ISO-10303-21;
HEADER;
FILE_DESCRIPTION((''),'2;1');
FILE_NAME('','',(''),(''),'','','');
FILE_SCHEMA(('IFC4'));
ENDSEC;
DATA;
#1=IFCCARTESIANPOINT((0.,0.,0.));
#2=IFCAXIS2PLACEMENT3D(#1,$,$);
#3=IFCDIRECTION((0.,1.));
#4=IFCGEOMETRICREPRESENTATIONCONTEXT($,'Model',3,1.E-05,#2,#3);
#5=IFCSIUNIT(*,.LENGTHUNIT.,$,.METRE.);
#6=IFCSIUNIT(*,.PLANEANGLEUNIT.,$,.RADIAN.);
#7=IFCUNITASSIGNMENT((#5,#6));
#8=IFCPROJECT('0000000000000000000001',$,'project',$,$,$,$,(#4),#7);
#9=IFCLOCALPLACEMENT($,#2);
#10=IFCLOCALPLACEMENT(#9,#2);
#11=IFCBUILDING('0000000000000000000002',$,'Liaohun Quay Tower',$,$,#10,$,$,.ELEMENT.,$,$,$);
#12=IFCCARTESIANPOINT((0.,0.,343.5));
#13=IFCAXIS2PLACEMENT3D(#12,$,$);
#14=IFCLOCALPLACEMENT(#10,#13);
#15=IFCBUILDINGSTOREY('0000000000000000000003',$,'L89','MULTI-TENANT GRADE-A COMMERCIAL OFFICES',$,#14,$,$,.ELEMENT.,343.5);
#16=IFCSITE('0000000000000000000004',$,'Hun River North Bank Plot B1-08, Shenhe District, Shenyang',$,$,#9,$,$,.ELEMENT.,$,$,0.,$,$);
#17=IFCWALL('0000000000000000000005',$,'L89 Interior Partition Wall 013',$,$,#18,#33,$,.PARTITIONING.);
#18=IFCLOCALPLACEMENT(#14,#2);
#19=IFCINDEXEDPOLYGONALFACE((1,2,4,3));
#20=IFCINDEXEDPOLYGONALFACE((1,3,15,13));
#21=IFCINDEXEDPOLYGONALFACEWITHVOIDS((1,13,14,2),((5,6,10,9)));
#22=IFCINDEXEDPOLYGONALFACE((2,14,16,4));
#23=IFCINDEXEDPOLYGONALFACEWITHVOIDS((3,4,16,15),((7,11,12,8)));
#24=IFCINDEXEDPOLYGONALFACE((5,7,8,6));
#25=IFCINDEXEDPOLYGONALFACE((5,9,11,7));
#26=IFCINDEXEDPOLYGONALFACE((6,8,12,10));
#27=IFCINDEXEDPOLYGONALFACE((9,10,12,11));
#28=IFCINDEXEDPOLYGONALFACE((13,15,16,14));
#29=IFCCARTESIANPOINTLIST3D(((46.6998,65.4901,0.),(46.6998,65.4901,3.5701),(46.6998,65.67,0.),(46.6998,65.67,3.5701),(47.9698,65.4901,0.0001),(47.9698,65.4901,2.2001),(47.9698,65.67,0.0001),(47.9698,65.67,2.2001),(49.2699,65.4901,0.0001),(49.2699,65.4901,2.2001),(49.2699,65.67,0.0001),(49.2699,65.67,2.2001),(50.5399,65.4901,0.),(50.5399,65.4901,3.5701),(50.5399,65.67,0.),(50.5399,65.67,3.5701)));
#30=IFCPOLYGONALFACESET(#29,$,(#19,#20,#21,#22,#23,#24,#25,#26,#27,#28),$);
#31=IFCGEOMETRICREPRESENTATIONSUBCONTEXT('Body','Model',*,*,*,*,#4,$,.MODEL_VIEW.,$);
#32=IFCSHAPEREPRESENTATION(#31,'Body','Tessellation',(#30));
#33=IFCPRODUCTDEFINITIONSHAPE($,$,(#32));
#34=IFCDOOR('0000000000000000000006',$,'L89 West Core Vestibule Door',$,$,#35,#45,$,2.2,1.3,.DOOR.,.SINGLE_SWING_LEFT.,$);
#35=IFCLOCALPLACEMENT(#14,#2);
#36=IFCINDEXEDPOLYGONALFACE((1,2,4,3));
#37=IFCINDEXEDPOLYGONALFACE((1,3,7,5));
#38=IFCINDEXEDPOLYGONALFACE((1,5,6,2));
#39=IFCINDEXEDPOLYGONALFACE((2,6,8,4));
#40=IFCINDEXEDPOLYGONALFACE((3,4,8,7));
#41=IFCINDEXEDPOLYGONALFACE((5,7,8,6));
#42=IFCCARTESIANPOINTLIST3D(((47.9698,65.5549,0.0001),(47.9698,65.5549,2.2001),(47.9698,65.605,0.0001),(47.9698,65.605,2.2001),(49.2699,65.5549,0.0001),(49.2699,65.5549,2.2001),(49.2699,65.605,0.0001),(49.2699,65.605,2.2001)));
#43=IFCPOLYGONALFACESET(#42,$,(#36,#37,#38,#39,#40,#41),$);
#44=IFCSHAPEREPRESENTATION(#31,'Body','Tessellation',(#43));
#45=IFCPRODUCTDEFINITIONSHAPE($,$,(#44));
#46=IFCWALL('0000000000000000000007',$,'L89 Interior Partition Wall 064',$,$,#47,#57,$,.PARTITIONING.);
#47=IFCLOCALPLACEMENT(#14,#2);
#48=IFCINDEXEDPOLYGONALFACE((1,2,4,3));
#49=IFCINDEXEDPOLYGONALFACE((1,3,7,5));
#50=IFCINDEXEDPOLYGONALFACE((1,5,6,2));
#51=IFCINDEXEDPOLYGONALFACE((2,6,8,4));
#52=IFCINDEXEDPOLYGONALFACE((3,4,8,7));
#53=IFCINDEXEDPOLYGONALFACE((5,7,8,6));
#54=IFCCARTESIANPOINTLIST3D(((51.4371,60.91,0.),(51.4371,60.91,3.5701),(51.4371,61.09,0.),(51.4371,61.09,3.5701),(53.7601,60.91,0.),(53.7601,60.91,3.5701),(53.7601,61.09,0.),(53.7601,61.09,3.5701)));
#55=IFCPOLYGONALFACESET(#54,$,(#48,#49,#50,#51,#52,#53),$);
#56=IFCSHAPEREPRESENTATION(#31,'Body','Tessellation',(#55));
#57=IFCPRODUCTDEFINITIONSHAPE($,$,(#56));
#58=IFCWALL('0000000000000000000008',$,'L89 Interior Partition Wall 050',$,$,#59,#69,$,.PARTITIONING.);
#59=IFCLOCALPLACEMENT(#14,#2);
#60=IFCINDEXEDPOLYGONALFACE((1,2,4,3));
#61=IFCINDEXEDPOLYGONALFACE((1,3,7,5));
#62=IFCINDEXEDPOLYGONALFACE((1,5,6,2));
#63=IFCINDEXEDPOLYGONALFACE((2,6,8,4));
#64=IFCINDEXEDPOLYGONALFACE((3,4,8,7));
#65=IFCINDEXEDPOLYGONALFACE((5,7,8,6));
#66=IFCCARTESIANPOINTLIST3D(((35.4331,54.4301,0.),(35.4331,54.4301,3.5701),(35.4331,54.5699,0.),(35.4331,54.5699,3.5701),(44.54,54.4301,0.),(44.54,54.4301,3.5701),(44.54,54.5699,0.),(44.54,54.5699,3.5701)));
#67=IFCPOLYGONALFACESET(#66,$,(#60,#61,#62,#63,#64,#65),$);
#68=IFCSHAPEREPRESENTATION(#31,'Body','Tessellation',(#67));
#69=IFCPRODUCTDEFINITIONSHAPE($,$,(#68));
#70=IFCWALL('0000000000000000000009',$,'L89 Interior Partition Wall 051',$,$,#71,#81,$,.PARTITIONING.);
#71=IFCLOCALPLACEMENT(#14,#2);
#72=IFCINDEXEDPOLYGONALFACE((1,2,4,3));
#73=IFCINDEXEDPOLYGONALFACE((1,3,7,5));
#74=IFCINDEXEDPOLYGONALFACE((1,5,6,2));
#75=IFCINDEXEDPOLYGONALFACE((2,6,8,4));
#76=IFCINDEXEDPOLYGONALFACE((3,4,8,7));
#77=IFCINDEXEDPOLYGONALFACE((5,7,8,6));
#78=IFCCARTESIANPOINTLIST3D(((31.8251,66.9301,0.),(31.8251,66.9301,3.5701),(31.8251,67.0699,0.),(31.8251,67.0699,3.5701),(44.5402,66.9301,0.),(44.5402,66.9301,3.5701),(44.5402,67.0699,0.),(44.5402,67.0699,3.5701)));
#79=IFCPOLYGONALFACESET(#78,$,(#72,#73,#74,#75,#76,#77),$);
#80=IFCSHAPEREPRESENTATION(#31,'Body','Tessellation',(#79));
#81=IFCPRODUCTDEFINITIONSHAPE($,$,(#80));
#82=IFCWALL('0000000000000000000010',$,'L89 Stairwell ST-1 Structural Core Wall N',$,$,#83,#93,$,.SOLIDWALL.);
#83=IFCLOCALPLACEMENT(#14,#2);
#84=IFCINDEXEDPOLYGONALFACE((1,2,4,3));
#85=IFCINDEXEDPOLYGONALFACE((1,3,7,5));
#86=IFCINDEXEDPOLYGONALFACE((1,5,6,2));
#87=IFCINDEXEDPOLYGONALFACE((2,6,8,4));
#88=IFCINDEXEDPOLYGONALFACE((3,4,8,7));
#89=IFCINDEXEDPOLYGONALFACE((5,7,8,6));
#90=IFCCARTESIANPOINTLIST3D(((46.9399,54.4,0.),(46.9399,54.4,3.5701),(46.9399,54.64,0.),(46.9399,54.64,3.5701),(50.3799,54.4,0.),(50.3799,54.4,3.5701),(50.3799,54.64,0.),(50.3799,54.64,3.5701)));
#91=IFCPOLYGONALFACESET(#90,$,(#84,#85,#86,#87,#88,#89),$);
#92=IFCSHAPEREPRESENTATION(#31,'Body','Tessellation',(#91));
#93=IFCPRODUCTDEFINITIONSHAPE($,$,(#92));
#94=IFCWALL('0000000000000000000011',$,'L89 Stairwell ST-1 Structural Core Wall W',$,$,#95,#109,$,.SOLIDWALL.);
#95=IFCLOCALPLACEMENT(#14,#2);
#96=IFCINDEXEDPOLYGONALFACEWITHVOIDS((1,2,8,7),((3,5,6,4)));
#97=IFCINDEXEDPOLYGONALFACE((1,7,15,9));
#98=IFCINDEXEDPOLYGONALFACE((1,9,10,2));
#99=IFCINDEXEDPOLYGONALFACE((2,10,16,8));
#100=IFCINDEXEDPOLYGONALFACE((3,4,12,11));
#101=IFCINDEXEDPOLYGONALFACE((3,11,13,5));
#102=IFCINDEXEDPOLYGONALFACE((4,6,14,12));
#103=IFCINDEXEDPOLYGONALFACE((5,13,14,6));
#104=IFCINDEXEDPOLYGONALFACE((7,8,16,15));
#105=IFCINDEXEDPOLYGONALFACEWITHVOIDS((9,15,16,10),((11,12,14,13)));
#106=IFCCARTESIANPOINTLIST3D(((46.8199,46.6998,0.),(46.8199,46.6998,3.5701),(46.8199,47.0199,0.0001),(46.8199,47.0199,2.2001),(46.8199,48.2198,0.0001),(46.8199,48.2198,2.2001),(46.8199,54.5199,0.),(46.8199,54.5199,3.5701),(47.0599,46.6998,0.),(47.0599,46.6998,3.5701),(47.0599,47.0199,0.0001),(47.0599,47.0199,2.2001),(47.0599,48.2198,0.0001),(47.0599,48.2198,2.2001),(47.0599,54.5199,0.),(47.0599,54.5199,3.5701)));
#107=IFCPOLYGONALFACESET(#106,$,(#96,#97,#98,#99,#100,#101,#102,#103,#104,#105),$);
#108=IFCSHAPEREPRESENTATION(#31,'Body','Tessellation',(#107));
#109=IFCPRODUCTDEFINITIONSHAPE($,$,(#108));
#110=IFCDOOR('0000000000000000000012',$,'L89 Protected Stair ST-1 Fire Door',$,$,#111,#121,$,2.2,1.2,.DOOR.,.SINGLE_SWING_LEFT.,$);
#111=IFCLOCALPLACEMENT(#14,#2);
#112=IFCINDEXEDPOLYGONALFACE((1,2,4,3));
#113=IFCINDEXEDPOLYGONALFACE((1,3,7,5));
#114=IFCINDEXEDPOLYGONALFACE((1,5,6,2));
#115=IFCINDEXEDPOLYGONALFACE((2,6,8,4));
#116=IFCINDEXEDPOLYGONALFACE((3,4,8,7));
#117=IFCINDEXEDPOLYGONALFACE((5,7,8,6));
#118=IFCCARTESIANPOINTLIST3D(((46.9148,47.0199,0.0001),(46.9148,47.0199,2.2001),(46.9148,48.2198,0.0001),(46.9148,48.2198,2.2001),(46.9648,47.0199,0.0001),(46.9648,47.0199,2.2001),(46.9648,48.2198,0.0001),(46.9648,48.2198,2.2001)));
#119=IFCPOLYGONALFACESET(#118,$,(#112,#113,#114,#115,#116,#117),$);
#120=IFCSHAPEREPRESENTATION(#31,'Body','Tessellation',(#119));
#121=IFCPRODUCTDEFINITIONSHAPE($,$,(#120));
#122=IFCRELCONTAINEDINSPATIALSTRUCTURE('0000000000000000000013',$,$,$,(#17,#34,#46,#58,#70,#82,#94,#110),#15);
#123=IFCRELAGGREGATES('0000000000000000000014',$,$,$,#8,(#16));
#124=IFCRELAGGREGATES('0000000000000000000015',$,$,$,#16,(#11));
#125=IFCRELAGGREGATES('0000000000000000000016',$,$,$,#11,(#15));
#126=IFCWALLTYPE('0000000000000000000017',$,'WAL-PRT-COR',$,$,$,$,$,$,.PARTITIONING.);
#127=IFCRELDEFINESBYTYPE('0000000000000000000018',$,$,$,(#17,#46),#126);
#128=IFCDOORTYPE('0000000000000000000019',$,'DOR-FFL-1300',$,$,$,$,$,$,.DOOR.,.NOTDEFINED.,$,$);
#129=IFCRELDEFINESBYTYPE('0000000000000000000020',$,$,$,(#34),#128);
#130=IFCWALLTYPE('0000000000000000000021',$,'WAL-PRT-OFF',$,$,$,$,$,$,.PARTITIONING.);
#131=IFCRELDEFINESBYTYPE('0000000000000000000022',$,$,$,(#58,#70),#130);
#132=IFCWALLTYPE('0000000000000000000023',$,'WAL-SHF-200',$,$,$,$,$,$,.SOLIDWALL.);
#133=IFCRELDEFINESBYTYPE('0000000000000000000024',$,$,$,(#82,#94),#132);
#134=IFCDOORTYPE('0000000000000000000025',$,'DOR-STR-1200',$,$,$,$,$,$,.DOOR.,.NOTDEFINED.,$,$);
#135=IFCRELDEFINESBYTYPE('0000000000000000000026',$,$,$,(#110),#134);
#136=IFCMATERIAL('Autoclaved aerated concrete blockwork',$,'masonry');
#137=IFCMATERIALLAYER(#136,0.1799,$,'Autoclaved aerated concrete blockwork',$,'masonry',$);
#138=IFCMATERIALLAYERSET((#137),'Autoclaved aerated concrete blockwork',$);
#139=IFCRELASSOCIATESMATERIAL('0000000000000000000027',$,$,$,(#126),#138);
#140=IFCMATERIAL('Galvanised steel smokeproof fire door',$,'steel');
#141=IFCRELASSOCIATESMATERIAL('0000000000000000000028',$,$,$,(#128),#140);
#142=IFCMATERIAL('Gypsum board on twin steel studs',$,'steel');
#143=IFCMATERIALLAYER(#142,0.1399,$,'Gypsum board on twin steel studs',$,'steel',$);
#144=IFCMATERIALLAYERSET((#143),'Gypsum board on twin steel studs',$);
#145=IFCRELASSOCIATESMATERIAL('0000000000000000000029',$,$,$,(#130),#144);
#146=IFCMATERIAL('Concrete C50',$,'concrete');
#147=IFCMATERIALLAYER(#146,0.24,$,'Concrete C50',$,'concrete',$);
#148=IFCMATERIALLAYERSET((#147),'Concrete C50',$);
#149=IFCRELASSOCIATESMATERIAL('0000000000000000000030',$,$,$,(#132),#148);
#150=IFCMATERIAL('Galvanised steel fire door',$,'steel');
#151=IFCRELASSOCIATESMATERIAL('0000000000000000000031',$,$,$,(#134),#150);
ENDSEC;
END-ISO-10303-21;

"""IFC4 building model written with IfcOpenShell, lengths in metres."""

from ifc_helpers import new_model, si_unit, direction, frame, frame_2d, origin, place, context, subcontext, project, spatial, rectangle, extrude, source, transform, mapped, material, layer, layer_set, type_object, element, fill, save


model = new_model("IFC4")

# Units and contexts
model_context = context("Model", 3, precision=1e-05, world=origin(), true_north=direction((0.0, 1.0)))
body_context = subcontext(model_context, "Body", "Model", "MODEL_VIEW")
ifc_project = project(units=[si_unit("LENGTHUNIT", "METRE"), si_unit("PLANEANGLEUNIT", "RADIAN")], contexts=[model_context])

# Site, building, storey
site_placement = place(None, origin())
site = spatial("IfcSite", under=ifc_project, at=site_placement, Name="Hun River North Bank Plot B1-08, Shenhe District, Shenyang", CompositionType="ELEMENT", RefElevation=0.0)
building_placement = place(site_placement, origin())
building = spatial("IfcBuilding", under=site, at=building_placement, Name="Liaohun Quay Tower", CompositionType="ELEMENT")
storey_placement = place(building_placement, frame((0.0, 0.0, 343.5)))
storey = spatial("IfcBuildingStorey", under=building, at=storey_placement, Name="L89", Description="MULTI-TENANT GRADE-A COMMERCIAL OFFICES", CompositionType="ELEMENT", Elevation=343.5)

# Shared definitions
ifc_material_1 = material(Name="Concrete C50", Category="concrete")

# Wall, opening, door
ifc_material_2 = material(Name="Autoclaved aerated concrete blockwork", Category="masonry")
ifc_layer_1 = layer(ifc_material_2, 0.1799, Name="Autoclaved aerated concrete blockwork", Category="masonry")
ifc_layer_set_1 = layer_set([ifc_layer_1], Name="Autoclaved aerated concrete blockwork")
wall_type_1 = type_object("IfcWallType", Name="WAL-PRT-COR", PredefinedType="PARTITIONING", material=ifc_layer_set_1)
wall_1_placement = place(storey_placement, frame((46.7, 65.5801, 0.0), z_axis=(0.0, 0.0, 1.0), x_axis=(1.0, 0.0, 0.0)))
wall_1 = element("IfcWall", 1, at=wall_1_placement, inside=storey, type_object=wall_type_1, Name="L89 Interior Partition Wall 013", PredefinedType="PARTITIONING", context=body_context, shape_type="SweptSolid", body=[
    extrude(rectangle(XDim=3.8401, YDim=0.1799, at=frame_2d((1.9199, 0.0))), origin(), (0.0, 0.0, 1.0), 3.5701),
])
shared_shape_1 = source(origin(), body_context, "Body", "SweptSolid", [
    extrude(rectangle(XDim=1.3, YDim=2.2, at=frame_2d((0.6499, 1.1001))), frame((0.0, 0.0999, 0.0), z_axis=(0.0, -1.0, 0.0), x_axis=(1.0, 0.0, 0.0)), (0.0, 0.0, 1.0), 0.2),
])
opening_1_placement = place(wall_1_placement, frame((1.27, 0.0, 0.0)))
opening_1 = element("IfcOpeningElement", 2, at=opening_1_placement, cuts=wall_1, PredefinedType="OPENING", context=body_context, shape_type="MappedRepresentation", body=[
    mapped(shared_shape_1, transform((0.0, 0.0, 0.0), x_axis=(1.0, 0.0, 0.0), y_axis=(0.0, 1.0, 0.0), z_axis=(0.0, 0.0, 1.0), scale=1.0)),
])
ifc_material_3 = material(Name="Galvanised steel smokeproof fire door", Category="steel")
door_type_1 = type_object("IfcDoorType", Name="DOR-FFL-1300", OperationType="NOTDEFINED", PredefinedType="DOOR", material=ifc_material_3)
shared_shape_2 = source(origin(), body_context, "Body", "SweptSolid", [
    extrude(rectangle(XDim=1.3, YDim=2.2, at=frame_2d((0.6499, 1.1001))), frame((0.0, 0.0249, 0.0), z_axis=(0.0, -1.0, 0.0), x_axis=(1.0, 0.0, 0.0)), (0.0, 0.0, 1.0), 0.05),
])
door_1_placement = place(opening_1_placement, origin())
door_1 = element("IfcDoor", 3, at=door_1_placement, inside=storey, type_object=door_type_1, Name="L89 West Core Vestibule Door", OperationType="SINGLE_SWING_LEFT", OverallHeight=2.2, OverallWidth=1.3, PredefinedType="DOOR", context=body_context, shape_type="MappedRepresentation", body=[
    mapped(shared_shape_2, transform((0.0, 0.0, 0.0), x_axis=(1.0, 0.0, 0.0), y_axis=(0.0, 1.0, 0.0), z_axis=(0.0, 0.0, 1.0), scale=1.0)),
])
fill(opening_1, door_1)

# Walls
wall_2_placement = place(storey_placement, frame((51.437, 61.0, 0.0), z_axis=(0.0, 0.0, 1.0), x_axis=(1.0, 0.0, 0.0)))
element("IfcWall", 4, at=wall_2_placement, inside=storey, type_object=wall_type_1, Name="L89 Interior Partition Wall 064", PredefinedType="PARTITIONING", context=body_context, shape_type="SweptSolid", body=[
    extrude(rectangle(XDim=2.323, YDim=0.1799, at=frame_2d((1.1616, 0.0))), origin(), (0.0, 0.0, 1.0), 3.5701),
])
ifc_material_4 = material(Name="Gypsum board on twin steel studs", Category="steel")
ifc_layer_2 = layer(ifc_material_4, 0.1399, Name="Gypsum board on twin steel studs", Category="steel")
ifc_layer_set_2 = layer_set([ifc_layer_2], Name="Gypsum board on twin steel studs")
wall_type_2 = type_object("IfcWallType", Name="WAL-PRT-OFF", PredefinedType="PARTITIONING", material=ifc_layer_set_2)
wall_3_placement = place(storey_placement, frame((44.54, 54.5, 0.0), z_axis=(0.0, 0.0, 1.0), x_axis=(-1.0, 0.0, 0.0)))
element("IfcWall", 5, at=wall_3_placement, inside=storey, type_object=wall_type_2, Name="L89 Interior Partition Wall 050", PredefinedType="PARTITIONING", context=body_context, shape_type="SweptSolid", body=[
    extrude(rectangle(XDim=9.1069, YDim=0.1399, at=frame_2d((4.5535, 0.0))), origin(), (0.0, 0.0, 1.0), 3.5701),
])
wall_4_placement = place(storey_placement, frame((44.54, 67.0, 0.0), z_axis=(0.0, 0.0, 1.0), x_axis=(-1.0, 0.0, 0.0)))
element("IfcWall", 6, at=wall_4_placement, inside=storey, type_object=wall_type_2, Name="L89 Interior Partition Wall 051", PredefinedType="PARTITIONING", context=body_context, shape_type="SweptSolid", body=[
    extrude(rectangle(XDim=12.7151, YDim=0.1399, at=frame_2d((6.3574, 0.0))), origin(), (0.0, 0.0, 1.0), 3.5701),
])
ifc_layer_3 = layer(ifc_material_1, 0.24, Name="Concrete C50", Category="concrete")
ifc_layer_set_3 = layer_set([ifc_layer_3], Name="Concrete C50")
wall_type_3 = type_object("IfcWallType", Name="WAL-SHF-200", PredefinedType="SOLIDWALL", material=ifc_layer_set_3)
wall_5_placement = place(storey_placement, frame((50.3799, 54.52, 0.0), z_axis=(0.0, 0.0, 1.0), x_axis=(-1.0, 0.0, 0.0)))
element("IfcWall", 7, at=wall_5_placement, inside=storey, type_object=wall_type_3, Name="L89 Stairwell ST-1 Structural Core Wall N", PredefinedType="SOLIDWALL", context=body_context, shape_type="SweptSolid", body=[
    extrude(rectangle(XDim=3.4399, YDim=0.24, at=frame_2d((1.72, 0.0))), origin(), (0.0, 0.0, 1.0), 3.5701),
])

# Wall, opening, door
wall_6_placement = place(storey_placement, frame((46.9399, 54.52, 0.0), z_axis=(0.0, 0.0, 1.0), x_axis=(0.0, -1.0, 0.0)))
wall_6 = element("IfcWall", 8, at=wall_6_placement, inside=storey, type_object=wall_type_3, Name="L89 Stairwell ST-1 Structural Core Wall W", PredefinedType="SOLIDWALL", context=body_context, shape_type="SweptSolid", body=[
    extrude(rectangle(XDim=7.8201, YDim=0.24, at=frame_2d((3.9102, 0.0))), origin(), (0.0, 0.0, 1.0), 3.5701),
])
shared_shape_3 = source(origin(), body_context, "Body", "SweptSolid", [
    extrude(rectangle(XDim=1.2, YDim=2.2, at=frame_2d((0.6001, 1.1001))), frame((0.0, 0.1299, 0.0), z_axis=(0.0, -1.0, 0.0), x_axis=(1.0, 0.0, 0.0)), (0.0, 0.0, 1.0), 0.26),
])
opening_2_placement = place(wall_6_placement, frame((6.3, 0.0, 0.0)))
opening_2 = element("IfcOpeningElement", 9, at=opening_2_placement, cuts=wall_6, PredefinedType="OPENING", context=body_context, shape_type="MappedRepresentation", body=[
    mapped(shared_shape_3, transform((0.0, 0.0, 0.0), x_axis=(1.0, 0.0, 0.0), y_axis=(0.0, 1.0, 0.0), z_axis=(0.0, 0.0, 1.0), scale=1.0)),
])
ifc_material_5 = material(Name="Galvanised steel fire door", Category="steel")
door_type_2 = type_object("IfcDoorType", Name="DOR-STR-1200", OperationType="NOTDEFINED", PredefinedType="DOOR", material=ifc_material_5)
shared_shape_4 = source(origin(), body_context, "Body", "SweptSolid", [
    extrude(rectangle(XDim=1.2, YDim=2.2, at=frame_2d((0.6001, 1.1001))), frame((0.0, 0.0249, 0.0), z_axis=(0.0, -1.0, 0.0), x_axis=(1.0, 0.0, 0.0)), (0.0, 0.0, 1.0), 0.05),
])
door_2_placement = place(opening_2_placement, origin())
door_2 = element("IfcDoor", 10, at=door_2_placement, inside=storey, type_object=door_type_2, Name="L89 Protected Stair ST-1 Fire Door", OperationType="SINGLE_SWING_LEFT", OverallHeight=2.2, OverallWidth=1.2, PredefinedType="DOOR", context=body_context, shape_type="MappedRepresentation", body=[
    mapped(shared_shape_4, transform((0.0, 0.0, 0.0), x_axis=(1.0, 0.0, 0.0), y_axis=(0.0, 1.0, 0.0), z_axis=(0.0, 0.0, 1.0), scale=1.0)),
])
fill(opening_2, door_2)

save(model, "model.ifc")
